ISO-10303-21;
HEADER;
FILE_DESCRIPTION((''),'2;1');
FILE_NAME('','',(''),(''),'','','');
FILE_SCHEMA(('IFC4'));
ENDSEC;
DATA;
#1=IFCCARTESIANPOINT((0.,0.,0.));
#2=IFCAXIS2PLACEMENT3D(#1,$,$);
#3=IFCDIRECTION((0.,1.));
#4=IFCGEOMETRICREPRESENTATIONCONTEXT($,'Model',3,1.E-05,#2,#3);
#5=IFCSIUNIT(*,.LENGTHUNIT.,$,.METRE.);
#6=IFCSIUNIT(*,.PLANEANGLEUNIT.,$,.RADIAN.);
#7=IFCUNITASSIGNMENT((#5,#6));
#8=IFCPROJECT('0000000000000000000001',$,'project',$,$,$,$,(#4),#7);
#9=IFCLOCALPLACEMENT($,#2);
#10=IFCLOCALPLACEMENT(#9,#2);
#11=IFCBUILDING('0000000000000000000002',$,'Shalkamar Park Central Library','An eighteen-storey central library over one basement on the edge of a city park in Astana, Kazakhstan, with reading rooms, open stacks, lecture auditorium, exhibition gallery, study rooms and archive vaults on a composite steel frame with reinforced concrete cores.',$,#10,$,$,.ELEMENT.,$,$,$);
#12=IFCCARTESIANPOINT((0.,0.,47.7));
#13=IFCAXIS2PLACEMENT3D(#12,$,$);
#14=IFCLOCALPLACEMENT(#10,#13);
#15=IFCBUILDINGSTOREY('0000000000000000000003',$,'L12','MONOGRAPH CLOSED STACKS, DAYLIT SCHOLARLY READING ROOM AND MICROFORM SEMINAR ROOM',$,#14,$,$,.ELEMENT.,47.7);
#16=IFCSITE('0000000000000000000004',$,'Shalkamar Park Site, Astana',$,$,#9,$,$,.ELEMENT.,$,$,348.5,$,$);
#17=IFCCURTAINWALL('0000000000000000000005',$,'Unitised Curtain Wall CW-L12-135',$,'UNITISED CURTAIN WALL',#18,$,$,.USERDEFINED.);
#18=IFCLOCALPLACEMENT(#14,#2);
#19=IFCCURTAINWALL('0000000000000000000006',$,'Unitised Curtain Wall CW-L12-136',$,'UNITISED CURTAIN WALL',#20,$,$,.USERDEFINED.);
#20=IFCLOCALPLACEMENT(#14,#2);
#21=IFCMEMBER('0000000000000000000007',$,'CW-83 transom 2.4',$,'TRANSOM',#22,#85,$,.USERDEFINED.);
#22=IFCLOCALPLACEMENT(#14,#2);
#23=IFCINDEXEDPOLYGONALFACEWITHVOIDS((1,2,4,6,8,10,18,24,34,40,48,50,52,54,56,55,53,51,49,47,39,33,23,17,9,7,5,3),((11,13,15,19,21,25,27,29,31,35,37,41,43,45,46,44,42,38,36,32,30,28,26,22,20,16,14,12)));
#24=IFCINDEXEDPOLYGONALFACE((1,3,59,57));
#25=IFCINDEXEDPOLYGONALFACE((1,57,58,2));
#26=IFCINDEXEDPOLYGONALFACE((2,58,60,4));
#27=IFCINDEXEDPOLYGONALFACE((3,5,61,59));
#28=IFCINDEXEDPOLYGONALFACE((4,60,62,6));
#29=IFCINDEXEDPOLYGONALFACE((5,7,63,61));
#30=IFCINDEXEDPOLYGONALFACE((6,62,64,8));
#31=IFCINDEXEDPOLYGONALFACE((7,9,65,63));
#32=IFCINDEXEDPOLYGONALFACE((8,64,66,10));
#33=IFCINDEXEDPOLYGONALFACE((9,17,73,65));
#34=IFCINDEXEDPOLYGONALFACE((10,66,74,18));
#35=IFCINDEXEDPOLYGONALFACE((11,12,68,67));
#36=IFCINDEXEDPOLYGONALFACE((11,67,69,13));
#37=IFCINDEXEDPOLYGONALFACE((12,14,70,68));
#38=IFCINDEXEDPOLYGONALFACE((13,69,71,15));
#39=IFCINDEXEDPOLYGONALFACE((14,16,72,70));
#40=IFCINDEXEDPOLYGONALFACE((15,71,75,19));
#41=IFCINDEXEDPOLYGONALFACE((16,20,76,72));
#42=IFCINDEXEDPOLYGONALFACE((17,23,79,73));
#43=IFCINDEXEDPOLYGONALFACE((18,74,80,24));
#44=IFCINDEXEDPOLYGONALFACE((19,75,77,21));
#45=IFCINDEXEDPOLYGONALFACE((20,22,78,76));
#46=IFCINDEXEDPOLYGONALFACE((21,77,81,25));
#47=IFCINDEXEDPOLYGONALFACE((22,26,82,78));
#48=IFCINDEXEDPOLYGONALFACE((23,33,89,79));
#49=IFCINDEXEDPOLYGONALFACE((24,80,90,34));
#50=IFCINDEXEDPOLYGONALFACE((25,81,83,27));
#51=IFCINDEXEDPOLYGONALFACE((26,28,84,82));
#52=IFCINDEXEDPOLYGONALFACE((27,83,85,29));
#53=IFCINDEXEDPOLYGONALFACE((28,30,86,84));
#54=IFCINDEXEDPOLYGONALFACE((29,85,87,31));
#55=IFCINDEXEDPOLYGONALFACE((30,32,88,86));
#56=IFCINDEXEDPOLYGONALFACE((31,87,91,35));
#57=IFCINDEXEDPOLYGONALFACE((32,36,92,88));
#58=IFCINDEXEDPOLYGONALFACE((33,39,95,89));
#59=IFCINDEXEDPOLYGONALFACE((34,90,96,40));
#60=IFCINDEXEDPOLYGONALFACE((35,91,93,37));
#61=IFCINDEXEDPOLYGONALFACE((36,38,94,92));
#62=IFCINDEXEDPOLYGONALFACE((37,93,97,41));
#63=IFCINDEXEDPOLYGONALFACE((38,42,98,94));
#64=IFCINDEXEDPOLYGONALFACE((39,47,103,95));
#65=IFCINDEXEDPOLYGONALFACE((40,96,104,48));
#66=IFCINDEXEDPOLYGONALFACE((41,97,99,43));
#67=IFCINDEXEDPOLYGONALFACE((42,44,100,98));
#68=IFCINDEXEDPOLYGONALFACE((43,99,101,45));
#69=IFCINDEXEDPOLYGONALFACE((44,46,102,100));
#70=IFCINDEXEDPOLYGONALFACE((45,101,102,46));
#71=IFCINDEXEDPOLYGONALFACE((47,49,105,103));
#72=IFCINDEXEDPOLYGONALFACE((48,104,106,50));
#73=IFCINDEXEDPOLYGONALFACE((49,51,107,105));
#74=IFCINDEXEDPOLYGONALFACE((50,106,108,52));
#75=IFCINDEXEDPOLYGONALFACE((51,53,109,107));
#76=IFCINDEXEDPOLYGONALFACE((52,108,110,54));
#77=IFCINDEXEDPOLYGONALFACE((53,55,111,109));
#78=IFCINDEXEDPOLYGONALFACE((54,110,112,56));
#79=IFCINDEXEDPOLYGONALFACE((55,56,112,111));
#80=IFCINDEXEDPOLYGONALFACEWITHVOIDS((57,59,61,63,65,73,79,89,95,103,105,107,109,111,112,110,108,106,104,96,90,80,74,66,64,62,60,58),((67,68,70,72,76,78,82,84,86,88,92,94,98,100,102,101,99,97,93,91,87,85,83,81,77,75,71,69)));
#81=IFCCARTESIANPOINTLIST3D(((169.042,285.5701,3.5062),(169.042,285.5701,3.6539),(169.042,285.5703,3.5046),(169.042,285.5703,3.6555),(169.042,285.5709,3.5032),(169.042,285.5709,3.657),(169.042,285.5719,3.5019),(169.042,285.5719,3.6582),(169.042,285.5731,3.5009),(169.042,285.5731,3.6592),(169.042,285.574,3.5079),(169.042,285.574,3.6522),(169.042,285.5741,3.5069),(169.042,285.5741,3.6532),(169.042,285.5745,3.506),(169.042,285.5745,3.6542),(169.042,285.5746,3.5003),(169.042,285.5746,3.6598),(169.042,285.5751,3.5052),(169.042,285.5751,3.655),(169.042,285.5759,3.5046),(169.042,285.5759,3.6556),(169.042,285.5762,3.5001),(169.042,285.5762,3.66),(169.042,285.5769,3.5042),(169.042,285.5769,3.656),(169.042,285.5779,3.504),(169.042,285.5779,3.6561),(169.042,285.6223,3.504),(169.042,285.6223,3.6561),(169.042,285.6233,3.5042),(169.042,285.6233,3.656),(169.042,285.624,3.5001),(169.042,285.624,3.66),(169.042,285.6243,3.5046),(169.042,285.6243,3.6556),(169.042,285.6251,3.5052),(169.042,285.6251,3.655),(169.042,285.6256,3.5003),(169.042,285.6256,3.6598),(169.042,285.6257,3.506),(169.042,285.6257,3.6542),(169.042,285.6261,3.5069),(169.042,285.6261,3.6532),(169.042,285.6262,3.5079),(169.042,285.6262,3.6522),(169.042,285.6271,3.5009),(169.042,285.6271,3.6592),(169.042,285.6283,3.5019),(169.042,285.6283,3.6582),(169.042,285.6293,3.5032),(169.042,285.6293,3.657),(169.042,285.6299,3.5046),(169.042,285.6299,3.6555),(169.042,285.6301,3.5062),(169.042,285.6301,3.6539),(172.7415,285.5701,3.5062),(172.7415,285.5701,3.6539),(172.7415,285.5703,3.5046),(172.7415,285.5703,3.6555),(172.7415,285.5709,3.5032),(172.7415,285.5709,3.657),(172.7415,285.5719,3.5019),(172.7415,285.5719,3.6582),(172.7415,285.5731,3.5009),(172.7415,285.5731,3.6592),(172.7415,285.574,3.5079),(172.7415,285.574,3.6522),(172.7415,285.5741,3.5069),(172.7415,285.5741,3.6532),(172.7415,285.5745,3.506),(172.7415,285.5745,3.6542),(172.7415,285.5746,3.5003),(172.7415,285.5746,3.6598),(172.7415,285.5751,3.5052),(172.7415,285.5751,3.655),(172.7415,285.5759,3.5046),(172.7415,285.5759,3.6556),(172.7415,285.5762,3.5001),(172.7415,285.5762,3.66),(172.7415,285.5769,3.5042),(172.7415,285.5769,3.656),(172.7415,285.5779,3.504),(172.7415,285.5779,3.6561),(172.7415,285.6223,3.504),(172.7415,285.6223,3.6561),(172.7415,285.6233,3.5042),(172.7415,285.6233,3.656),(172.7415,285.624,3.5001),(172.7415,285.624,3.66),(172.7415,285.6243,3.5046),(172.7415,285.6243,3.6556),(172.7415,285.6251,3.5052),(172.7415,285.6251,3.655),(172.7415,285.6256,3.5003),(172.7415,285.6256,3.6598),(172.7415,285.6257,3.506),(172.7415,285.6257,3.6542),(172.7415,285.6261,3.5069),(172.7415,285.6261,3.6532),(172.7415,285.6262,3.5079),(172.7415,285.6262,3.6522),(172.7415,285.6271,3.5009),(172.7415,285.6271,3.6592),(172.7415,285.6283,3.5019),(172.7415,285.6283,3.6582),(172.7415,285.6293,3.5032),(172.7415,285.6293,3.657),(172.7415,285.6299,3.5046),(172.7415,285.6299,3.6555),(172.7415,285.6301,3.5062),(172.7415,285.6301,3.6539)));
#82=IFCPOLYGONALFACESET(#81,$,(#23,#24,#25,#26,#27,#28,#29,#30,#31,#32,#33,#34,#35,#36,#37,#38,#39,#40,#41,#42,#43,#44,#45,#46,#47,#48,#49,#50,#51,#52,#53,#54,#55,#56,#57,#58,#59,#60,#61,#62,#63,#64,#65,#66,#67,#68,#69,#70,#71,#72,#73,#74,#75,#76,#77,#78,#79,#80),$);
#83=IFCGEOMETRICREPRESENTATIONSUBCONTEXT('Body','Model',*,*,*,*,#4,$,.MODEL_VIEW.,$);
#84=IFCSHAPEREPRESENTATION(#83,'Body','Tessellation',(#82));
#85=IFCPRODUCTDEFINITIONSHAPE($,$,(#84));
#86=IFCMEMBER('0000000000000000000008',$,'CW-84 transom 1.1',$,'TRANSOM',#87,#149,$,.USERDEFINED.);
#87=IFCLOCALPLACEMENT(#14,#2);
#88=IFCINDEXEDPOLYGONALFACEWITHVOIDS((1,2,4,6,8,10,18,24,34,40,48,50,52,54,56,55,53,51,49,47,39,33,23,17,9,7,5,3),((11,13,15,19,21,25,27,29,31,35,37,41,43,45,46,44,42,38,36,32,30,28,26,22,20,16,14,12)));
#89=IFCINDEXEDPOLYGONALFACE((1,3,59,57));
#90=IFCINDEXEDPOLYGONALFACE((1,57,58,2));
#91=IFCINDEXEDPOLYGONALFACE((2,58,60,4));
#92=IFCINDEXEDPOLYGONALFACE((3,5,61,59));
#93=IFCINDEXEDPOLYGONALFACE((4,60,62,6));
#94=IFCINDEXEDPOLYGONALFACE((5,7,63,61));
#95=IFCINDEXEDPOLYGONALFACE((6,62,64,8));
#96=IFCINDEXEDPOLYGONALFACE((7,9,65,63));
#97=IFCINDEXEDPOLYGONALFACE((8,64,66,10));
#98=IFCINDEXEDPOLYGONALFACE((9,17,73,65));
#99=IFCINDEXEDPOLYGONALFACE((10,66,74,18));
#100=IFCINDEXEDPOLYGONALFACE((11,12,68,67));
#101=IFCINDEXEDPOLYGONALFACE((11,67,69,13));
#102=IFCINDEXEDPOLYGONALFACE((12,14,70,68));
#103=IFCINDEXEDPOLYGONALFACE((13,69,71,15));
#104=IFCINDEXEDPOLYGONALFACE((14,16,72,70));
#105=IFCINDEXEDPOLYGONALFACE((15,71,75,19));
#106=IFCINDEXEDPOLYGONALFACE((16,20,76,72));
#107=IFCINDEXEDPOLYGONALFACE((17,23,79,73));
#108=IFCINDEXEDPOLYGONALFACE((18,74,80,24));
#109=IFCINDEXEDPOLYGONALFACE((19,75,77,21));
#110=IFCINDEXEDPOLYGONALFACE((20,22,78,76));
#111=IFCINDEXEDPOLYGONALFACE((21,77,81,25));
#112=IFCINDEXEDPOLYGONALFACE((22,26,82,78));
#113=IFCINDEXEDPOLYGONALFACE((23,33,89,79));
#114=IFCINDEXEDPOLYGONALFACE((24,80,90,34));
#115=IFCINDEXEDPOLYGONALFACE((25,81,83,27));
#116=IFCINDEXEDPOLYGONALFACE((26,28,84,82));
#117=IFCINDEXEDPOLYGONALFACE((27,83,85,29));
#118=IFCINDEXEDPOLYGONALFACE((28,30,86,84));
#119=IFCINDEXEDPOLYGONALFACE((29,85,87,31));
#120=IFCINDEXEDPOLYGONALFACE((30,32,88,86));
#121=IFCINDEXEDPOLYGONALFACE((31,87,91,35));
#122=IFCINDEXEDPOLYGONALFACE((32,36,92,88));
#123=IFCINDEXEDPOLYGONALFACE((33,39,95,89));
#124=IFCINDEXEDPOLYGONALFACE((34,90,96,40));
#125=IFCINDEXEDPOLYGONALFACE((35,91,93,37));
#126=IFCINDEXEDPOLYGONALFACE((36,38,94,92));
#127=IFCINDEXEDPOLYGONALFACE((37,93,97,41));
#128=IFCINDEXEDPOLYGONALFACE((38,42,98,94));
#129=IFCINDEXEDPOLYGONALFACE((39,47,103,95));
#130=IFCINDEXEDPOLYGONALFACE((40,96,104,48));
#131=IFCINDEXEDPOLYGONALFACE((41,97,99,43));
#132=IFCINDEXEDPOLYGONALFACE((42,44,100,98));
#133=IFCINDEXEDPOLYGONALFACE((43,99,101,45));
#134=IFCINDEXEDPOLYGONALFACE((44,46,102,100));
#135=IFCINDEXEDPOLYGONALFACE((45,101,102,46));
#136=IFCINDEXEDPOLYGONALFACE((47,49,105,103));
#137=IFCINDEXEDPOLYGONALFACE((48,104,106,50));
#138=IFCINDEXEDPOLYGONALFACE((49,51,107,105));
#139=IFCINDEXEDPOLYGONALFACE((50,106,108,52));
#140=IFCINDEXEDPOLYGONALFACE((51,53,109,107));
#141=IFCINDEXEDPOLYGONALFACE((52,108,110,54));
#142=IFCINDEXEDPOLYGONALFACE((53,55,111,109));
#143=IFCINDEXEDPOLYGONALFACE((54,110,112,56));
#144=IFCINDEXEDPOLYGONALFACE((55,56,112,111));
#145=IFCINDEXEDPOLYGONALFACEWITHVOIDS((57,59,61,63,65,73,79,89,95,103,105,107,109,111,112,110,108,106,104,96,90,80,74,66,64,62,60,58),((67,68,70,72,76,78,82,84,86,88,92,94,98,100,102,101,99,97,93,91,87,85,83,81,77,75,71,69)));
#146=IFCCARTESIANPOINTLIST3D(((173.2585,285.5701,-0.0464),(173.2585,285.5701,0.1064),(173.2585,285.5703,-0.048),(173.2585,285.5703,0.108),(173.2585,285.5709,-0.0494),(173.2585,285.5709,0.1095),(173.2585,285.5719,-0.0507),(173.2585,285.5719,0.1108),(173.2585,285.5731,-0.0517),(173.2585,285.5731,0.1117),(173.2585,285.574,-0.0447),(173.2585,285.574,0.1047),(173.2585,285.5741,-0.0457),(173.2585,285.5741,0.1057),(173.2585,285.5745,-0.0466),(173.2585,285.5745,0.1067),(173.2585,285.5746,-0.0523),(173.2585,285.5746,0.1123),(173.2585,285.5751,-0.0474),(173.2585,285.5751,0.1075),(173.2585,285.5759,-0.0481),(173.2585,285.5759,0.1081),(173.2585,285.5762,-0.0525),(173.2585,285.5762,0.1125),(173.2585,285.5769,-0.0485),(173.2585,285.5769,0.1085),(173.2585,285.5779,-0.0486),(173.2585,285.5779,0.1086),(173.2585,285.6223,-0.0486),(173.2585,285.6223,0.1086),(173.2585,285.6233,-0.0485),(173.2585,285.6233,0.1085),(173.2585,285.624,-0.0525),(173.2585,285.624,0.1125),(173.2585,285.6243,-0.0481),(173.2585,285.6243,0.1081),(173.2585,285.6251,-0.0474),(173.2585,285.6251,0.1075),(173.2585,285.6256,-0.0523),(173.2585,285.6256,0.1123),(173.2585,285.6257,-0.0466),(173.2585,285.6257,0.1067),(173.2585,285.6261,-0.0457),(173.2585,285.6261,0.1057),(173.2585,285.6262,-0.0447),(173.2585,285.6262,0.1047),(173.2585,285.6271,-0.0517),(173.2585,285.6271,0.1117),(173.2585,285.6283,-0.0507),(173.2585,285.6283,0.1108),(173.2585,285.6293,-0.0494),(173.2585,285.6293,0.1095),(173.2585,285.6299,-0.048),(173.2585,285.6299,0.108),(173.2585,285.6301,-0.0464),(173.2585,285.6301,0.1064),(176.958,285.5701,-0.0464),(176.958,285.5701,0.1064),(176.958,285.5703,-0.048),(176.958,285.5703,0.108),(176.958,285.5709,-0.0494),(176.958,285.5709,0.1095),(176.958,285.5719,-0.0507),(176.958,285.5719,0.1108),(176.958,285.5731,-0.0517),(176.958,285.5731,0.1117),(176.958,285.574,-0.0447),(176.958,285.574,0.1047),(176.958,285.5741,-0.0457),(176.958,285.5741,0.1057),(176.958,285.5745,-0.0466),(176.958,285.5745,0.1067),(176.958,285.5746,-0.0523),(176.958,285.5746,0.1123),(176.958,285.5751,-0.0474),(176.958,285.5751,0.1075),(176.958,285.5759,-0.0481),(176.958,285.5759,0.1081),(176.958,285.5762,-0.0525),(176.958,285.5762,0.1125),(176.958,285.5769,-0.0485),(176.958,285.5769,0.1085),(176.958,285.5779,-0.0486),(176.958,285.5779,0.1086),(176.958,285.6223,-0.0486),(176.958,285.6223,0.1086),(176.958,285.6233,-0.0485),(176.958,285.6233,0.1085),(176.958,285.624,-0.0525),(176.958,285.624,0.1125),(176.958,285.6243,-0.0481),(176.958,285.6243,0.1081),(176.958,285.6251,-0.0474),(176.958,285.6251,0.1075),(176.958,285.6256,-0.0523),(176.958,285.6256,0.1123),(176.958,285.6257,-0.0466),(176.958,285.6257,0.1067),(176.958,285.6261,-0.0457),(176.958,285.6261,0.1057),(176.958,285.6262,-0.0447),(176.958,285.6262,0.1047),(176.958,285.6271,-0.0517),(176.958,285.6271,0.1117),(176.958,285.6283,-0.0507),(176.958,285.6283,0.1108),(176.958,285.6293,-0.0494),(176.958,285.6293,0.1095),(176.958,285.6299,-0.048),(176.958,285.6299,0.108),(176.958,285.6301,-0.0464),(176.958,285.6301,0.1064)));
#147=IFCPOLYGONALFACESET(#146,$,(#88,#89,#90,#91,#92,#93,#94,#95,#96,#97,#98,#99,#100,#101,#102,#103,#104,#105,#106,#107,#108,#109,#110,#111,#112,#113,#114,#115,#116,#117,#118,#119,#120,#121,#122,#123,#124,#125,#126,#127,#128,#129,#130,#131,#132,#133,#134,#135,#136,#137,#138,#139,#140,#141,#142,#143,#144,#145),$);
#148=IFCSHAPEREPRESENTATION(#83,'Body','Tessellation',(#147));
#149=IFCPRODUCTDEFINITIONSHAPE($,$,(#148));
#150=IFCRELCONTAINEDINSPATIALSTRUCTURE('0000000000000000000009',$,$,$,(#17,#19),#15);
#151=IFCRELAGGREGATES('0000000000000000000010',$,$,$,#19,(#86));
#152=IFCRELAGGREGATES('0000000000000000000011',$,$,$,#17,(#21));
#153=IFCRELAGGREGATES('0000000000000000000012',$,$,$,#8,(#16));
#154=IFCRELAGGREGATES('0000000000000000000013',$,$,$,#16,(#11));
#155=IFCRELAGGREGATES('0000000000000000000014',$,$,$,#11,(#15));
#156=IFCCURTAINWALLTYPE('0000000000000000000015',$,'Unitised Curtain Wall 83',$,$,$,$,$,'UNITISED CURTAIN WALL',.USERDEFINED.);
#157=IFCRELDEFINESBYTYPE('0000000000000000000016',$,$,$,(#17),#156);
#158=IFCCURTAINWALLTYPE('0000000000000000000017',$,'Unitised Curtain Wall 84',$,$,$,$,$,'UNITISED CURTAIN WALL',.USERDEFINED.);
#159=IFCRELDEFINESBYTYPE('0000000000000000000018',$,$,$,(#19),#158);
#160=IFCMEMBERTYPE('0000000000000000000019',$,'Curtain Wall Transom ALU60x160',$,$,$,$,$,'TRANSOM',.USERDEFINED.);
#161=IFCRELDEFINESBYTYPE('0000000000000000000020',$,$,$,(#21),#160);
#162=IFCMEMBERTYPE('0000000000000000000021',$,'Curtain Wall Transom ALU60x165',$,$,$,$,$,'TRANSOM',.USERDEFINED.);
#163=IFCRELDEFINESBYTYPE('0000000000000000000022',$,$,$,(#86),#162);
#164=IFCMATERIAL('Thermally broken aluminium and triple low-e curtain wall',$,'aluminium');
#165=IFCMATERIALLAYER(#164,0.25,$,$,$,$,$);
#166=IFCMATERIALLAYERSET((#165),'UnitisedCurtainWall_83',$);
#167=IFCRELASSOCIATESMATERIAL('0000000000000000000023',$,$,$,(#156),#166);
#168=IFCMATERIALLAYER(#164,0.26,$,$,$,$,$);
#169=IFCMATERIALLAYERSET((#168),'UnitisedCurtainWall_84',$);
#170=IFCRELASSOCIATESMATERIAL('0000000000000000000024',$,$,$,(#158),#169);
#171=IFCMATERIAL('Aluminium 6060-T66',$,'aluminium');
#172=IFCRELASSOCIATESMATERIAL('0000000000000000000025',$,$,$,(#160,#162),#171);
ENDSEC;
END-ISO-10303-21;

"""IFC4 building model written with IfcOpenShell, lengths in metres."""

from ifc_helpers import new_model, si_unit, direction, frame, origin, origin_2d, place, context, subcontext, project, spatial, hollow_rectangle, extrude, material, layer, layer_set, material_profile, profile_set, type_object, element, aggregate, save


model = new_model("IFC4")

# Units and contexts
model_context = context("Model", 3, precision=1e-05, world=origin(), true_north=direction((0.0, 1.0)))
body_context = subcontext(model_context, "Body", "Model", "MODEL_VIEW")
ifc_project = project(units=[si_unit("LENGTHUNIT", "METRE"), si_unit("PLANEANGLEUNIT", "RADIAN")], contexts=[model_context])

# Site, building, storey
site_placement = place(None, origin())
site = spatial("IfcSite", under=ifc_project, at=site_placement, Name="Shalkamar Park Site, Astana", CompositionType="ELEMENT", RefElevation=348.5)
building_placement = place(site_placement, origin())
building = spatial("IfcBuilding", under=site, at=building_placement, Name="Shalkamar Park Central Library", Description="An eighteen-storey central library over one basement on the edge of a city park in Astana, Kazakhstan, with reading rooms, open stacks, lecture auditorium, exhibition gallery, study rooms and archive vaults on a composite steel frame with reinforced concrete cores.", CompositionType="ELEMENT")
storey_placement = place(building_placement, frame((0.0, 0.0, 47.7)))
storey = spatial("IfcBuildingStorey", under=building, at=storey_placement, Name="L12", Description="MONOGRAPH CLOSED STACKS, DAYLIT SCHOLARLY READING ROOM AND MICROFORM SEMINAR ROOM", CompositionType="ELEMENT", Elevation=47.7)

# Curtain walls
ifc_material_1 = material(Name="Thermally broken aluminium and triple low-e curtain wall", Category="aluminium")
ifc_layer_1 = layer(ifc_material_1, 0.25)
ifc_layer_set_1 = layer_set([ifc_layer_1], Name="UnitisedCurtainWall_83")
curtain_wall_type_1 = type_object("IfcCurtainWallType", Name="Unitised Curtain Wall 83", ElementType="UNITISED CURTAIN WALL", PredefinedType="USERDEFINED", material=ifc_layer_set_1)
curtain_wall_1_placement = place(storey_placement, origin())
curtain_wall_1 = element("IfcCurtainWall", 1, at=curtain_wall_1_placement, inside=storey, type_object=curtain_wall_type_1, Name="Unitised Curtain Wall CW-L12-135", ObjectType="UNITISED CURTAIN WALL", PredefinedType="USERDEFINED")
ifc_material_2 = material(Name="Aluminium 6060-T66", Category="aluminium")
ifc_layer_2 = layer(ifc_material_1, 0.26)
ifc_layer_set_2 = layer_set([ifc_layer_2], Name="UnitisedCurtainWall_84")
curtain_wall_type_2 = type_object("IfcCurtainWallType", Name="Unitised Curtain Wall 84", ElementType="UNITISED CURTAIN WALL", PredefinedType="USERDEFINED", material=ifc_layer_set_2)
curtain_wall_2_placement = place(storey_placement, origin())
curtain_wall_2 = element("IfcCurtainWall", 2, at=curtain_wall_2_placement, inside=storey, type_object=curtain_wall_type_2, Name="Unitised Curtain Wall CW-L12-136", ObjectType="UNITISED CURTAIN WALL", PredefinedType="USERDEFINED")

# Members
ifc_material_profile_1 = material_profile(ifc_material_2, hollow_rectangle(XDim=0.0601, YDim=0.1599, WallThickness=0.0039, InnerFilletRadius=0.0039, OuterFilletRadius=0.0061, at=origin_2d()), Name="ALU 60x160x4")
ifc_profile_set_1 = profile_set([ifc_material_profile_1], Name="Aluminium 6060-T66")
member_type_1 = type_object("IfcMemberType", Name="Curtain Wall Transom ALU60x160", ElementType="TRANSOM", PredefinedType="USERDEFINED", material=ifc_profile_set_1)
member_1_placement = place(storey_placement, frame((169.042, 285.6001, 3.5801), z_axis=(1.0, 0.0, 0.0), x_axis=(0.0, 1.0, 0.0)))
member_1 = element("IfcMember", 3, at=member_1_placement, type_object=member_type_1, Name="CW-83 transom 2.4", ObjectType="TRANSOM", PredefinedType="USERDEFINED", context=body_context, shape_type="SweptSolid", body=[
    extrude(hollow_rectangle(XDim=0.0601, YDim=0.1599, WallThickness=0.0039, InnerFilletRadius=0.0039, OuterFilletRadius=0.0061, at=origin_2d()), origin(), (0.0, 0.0, 1.0), 3.6995),
])
ifc_material_profile_2 = material_profile(ifc_material_2, hollow_rectangle(XDim=0.0601, YDim=0.165, WallThickness=0.0039, InnerFilletRadius=0.0039, OuterFilletRadius=0.0061, at=origin_2d()), Name="ALU 60x165x4")
ifc_profile_set_2 = profile_set([ifc_material_profile_2], Name="Aluminium 6060-T66")
member_type_2 = type_object("IfcMemberType", Name="Curtain Wall Transom ALU60x165", ElementType="TRANSOM", PredefinedType="USERDEFINED", material=ifc_profile_set_2)
member_2_placement = place(storey_placement, frame((173.2585, 285.6001, 0.03), z_axis=(1.0, 0.0, 0.0), x_axis=(0.0, 1.0, 0.0)))
member_2 = element("IfcMember", 4, at=member_2_placement, type_object=member_type_2, Name="CW-84 transom 1.1", ObjectType="TRANSOM", PredefinedType="USERDEFINED", context=body_context, shape_type="SweptSolid", body=[
    extrude(hollow_rectangle(XDim=0.0601, YDim=0.165, WallThickness=0.0039, InnerFilletRadius=0.0039, OuterFilletRadius=0.0061, at=origin_2d()), origin(), (0.0, 0.0, 1.0), 3.6995),
])

aggregate(curtain_wall_2, [member_2])
aggregate(curtain_wall_1, [member_1])

save(model, "model.ifc")
